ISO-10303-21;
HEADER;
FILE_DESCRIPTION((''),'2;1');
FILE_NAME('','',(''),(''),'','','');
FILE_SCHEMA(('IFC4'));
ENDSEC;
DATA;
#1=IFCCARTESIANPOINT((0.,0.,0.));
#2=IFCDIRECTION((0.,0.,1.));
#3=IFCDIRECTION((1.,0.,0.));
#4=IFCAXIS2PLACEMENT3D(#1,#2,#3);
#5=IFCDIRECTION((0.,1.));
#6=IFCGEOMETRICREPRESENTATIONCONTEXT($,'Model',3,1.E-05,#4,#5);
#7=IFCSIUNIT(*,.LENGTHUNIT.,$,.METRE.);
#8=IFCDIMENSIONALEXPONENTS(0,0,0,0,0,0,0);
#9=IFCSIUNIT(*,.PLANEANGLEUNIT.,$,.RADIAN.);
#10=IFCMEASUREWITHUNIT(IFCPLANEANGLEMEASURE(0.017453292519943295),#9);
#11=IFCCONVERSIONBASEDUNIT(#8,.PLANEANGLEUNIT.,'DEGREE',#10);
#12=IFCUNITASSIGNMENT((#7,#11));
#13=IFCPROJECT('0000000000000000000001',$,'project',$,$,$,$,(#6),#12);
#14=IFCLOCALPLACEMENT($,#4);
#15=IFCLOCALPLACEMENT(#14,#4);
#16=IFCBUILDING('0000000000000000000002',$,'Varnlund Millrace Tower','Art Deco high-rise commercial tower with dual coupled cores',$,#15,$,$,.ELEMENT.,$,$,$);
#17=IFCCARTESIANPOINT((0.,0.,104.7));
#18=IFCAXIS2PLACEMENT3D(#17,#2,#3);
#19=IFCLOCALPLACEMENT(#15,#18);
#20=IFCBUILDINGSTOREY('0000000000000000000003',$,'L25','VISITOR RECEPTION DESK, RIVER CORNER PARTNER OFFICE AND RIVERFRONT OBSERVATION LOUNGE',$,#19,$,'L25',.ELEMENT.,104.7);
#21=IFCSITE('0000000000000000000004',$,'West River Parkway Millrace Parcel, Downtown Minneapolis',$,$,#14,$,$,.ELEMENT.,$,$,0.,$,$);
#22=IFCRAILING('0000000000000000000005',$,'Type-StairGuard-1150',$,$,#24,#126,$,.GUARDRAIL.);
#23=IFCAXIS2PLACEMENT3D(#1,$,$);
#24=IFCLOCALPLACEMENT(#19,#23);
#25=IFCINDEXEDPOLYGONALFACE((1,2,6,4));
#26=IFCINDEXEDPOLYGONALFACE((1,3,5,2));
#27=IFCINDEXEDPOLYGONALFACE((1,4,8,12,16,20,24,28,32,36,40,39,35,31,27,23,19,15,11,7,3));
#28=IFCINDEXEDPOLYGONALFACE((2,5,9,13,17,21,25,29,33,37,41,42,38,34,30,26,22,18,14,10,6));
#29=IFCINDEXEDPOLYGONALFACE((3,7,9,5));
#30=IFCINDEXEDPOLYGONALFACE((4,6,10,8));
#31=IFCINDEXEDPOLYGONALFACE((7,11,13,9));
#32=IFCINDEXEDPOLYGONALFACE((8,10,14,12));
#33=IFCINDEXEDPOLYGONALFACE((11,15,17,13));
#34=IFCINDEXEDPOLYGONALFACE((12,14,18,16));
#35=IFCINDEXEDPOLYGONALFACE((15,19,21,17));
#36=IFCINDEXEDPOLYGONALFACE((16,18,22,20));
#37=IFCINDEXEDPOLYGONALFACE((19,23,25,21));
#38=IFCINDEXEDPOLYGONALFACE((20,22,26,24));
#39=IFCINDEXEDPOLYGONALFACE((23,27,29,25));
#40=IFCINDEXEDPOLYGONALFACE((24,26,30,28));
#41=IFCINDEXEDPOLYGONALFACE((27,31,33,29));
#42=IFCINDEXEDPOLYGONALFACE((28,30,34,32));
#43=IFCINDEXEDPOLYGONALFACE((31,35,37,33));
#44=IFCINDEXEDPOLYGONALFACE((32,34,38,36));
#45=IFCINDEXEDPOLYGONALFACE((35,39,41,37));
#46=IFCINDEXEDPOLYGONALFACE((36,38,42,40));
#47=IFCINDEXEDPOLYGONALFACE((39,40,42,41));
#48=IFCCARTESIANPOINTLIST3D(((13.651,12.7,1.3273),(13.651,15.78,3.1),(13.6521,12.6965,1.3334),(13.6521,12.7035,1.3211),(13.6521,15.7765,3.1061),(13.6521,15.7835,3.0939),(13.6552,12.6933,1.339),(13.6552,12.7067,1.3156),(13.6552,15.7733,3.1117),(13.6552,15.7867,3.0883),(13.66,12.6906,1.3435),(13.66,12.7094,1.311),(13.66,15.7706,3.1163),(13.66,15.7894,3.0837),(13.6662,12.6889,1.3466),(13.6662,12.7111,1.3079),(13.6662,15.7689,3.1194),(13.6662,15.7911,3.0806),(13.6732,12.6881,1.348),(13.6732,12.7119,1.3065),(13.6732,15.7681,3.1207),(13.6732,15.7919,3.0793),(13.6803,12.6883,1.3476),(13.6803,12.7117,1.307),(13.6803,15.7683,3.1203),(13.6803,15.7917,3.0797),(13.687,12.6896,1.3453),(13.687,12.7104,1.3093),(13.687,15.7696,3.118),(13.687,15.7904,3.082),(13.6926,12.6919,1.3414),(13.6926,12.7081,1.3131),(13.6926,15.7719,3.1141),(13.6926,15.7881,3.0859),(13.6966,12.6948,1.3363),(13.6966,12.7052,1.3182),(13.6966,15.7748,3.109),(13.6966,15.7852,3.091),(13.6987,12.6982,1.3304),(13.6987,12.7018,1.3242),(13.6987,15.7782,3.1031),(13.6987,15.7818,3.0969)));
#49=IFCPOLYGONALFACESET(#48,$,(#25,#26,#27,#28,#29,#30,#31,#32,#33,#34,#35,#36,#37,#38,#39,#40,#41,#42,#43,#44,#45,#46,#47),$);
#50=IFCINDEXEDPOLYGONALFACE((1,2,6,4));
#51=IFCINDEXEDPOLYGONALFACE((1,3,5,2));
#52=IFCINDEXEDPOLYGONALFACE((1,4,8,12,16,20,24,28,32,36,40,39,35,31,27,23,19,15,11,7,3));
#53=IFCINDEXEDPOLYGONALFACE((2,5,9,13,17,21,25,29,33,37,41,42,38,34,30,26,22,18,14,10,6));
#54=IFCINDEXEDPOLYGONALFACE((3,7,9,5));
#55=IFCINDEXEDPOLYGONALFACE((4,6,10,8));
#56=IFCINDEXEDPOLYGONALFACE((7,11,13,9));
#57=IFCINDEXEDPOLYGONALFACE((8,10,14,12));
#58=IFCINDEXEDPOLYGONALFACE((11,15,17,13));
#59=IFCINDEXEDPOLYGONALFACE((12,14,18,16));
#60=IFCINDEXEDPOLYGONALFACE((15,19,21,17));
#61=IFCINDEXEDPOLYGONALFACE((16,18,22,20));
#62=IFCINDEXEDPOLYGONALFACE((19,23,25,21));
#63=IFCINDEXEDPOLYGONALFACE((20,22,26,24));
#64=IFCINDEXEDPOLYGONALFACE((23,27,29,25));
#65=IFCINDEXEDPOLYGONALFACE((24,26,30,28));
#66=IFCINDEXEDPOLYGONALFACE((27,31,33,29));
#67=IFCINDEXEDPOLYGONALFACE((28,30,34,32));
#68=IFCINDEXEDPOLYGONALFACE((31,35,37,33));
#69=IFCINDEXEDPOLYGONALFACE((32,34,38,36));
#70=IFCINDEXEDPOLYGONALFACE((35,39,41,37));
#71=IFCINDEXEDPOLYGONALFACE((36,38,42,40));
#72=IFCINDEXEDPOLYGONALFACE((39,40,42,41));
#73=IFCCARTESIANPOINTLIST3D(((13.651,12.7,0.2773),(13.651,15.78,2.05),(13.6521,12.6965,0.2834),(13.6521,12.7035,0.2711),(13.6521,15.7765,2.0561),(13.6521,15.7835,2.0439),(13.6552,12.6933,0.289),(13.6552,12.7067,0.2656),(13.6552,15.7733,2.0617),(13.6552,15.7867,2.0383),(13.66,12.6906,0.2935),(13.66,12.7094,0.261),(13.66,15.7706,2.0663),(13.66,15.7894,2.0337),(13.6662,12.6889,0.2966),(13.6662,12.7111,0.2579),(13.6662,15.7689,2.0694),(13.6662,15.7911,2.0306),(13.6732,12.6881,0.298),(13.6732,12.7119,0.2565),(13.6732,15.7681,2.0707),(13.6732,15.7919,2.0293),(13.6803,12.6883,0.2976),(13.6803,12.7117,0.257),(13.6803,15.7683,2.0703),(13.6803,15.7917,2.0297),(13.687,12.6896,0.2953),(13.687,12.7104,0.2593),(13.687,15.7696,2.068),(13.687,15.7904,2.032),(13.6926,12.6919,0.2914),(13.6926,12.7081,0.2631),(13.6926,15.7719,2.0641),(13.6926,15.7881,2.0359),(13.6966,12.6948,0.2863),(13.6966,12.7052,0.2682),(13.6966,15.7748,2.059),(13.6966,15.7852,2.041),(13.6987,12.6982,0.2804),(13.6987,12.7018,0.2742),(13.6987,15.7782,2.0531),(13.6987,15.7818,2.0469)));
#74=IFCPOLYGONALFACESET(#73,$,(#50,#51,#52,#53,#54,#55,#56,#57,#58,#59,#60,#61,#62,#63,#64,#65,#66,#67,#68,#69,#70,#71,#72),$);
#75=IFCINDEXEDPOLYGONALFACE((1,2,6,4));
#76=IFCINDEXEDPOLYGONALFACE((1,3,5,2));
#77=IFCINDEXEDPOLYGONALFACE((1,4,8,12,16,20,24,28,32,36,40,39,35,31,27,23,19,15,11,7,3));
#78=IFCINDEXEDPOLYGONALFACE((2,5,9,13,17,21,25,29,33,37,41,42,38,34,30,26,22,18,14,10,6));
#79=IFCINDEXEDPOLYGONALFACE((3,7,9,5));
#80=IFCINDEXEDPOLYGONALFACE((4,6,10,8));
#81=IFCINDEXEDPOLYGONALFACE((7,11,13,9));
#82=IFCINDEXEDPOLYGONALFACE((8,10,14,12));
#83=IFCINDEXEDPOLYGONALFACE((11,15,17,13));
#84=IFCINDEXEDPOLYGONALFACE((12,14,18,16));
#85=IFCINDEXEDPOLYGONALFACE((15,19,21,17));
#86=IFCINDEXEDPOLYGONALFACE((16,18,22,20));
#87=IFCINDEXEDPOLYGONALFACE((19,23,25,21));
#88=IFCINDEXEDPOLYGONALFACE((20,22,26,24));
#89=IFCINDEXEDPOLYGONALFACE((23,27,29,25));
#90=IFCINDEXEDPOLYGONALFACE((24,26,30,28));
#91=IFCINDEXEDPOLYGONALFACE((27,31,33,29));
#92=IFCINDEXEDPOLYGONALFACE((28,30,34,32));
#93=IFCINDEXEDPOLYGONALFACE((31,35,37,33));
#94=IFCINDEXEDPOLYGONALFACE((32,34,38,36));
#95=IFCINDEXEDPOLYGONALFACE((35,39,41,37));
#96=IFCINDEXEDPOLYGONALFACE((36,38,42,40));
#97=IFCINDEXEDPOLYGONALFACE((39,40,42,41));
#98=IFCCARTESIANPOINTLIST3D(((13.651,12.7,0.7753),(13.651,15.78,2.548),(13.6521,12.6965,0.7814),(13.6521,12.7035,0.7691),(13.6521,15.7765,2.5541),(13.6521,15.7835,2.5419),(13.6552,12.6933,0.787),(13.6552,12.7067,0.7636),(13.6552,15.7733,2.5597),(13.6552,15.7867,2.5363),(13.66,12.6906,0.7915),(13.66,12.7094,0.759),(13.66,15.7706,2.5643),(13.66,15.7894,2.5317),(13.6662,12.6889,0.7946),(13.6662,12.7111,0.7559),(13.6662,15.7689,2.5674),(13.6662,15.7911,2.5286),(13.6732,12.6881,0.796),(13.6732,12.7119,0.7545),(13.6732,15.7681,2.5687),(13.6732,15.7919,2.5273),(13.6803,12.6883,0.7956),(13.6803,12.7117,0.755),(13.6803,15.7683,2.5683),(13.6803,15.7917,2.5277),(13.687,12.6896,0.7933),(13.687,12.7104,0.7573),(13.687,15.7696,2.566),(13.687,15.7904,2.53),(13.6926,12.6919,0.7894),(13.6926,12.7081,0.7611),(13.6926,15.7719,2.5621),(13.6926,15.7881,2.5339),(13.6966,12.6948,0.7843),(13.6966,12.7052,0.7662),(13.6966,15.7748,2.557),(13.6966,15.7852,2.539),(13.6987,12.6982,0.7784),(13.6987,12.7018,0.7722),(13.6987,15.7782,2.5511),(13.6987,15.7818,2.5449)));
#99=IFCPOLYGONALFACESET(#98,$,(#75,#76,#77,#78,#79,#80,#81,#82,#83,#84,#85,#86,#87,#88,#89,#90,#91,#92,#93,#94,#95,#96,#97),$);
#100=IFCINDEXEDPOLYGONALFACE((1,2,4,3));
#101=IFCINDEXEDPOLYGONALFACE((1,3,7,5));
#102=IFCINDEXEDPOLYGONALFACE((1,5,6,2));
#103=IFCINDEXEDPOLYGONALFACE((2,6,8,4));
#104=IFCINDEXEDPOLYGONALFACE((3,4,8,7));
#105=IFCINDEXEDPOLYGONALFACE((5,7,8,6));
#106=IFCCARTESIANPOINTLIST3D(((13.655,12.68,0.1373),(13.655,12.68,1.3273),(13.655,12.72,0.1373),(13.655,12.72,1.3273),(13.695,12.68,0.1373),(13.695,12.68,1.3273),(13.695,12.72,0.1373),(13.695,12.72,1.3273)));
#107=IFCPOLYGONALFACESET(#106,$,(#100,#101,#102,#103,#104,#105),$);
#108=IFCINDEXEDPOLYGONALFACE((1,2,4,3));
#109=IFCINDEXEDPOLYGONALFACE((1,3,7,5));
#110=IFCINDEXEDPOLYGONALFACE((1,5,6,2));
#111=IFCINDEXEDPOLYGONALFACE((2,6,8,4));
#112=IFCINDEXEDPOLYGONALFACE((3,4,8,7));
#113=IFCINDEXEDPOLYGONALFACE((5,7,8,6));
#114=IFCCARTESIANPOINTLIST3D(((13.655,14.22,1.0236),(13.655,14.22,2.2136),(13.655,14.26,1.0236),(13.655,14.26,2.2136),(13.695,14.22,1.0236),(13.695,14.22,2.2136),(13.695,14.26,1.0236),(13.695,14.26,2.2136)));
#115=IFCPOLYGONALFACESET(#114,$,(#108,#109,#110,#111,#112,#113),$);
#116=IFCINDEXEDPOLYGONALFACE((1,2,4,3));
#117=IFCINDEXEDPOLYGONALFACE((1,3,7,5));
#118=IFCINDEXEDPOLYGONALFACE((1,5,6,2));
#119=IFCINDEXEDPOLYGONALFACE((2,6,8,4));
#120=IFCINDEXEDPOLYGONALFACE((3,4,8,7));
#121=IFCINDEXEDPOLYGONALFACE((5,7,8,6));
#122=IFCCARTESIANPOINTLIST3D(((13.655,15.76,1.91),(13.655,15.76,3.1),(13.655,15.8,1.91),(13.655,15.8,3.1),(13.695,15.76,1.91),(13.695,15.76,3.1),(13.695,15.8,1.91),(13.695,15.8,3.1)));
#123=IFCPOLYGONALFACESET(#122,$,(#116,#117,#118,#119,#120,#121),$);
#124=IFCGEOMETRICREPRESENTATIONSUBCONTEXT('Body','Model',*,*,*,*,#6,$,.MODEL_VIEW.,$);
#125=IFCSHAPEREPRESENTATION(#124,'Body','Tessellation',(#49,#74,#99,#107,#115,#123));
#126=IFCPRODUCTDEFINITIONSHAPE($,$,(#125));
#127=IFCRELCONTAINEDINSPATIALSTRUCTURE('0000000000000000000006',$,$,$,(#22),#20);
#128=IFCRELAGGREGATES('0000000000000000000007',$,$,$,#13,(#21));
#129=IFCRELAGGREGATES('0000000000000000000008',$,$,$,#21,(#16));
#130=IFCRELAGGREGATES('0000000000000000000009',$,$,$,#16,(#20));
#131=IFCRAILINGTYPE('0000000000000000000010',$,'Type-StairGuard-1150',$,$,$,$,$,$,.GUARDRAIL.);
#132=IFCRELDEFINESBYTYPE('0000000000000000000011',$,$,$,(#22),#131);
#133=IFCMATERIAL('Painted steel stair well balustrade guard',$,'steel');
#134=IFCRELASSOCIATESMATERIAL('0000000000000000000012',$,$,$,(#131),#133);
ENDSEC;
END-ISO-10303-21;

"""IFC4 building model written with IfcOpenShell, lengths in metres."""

from ifc_helpers import new_model, entity, si_unit, converted_unit, direction, frame, origin_with_axes, origin_2d_with_axis, place, context, subcontext, project, spatial, rectangle, circle, extrude, material, type_object, element, save


model = new_model("IFC4")

# Units and contexts
model_context = context("Model", 3, precision=1e-05, world=origin_with_axes(), true_north=direction((0.0, 1.0)))
body_context = subcontext(model_context, "Body", "Model", "MODEL_VIEW")
ifc_project = project(units=[si_unit("LENGTHUNIT", "METRE"), converted_unit("PLANEANGLEUNIT", "DEGREE", entity("IfcPlaneAngleMeasure", 0.017453292519943295), si_unit("PLANEANGLEUNIT", "RADIAN"), dimensions=[0, 0, 0, 0, 0, 0, 0])], contexts=[model_context])

# Site, building, storey
site_placement = place(None, origin_with_axes())
site = spatial("IfcSite", under=ifc_project, at=site_placement, Name="West River Parkway Millrace Parcel, Downtown Minneapolis", CompositionType="ELEMENT", RefElevation=0.0)
building_placement = place(site_placement, origin_with_axes())
building = spatial("IfcBuilding", under=site, at=building_placement, Name="Varnlund Millrace Tower", Description="Art Deco high-rise commercial tower with dual coupled cores", CompositionType="ELEMENT")
storey_placement = place(building_placement, frame((0.0, 0.0, 104.7), z_axis=(0.0, 0.0, 1.0), x_axis=(1.0, 0.0, 0.0)))
storey = spatial("IfcBuildingStorey", under=building, at=storey_placement, Name="L25", Description="VISITOR RECEPTION DESK, RIVER CORNER PARTNER OFFICE AND RIVERFRONT OBSERVATION LOUNGE", LongName="L25", CompositionType="ELEMENT", Elevation=104.7)

# Railing
ifc_material_1 = material(Name="Painted steel stair well balustrade guard", Category="steel")
railing_type_1 = type_object("IfcRailingType", Name="Type-StairGuard-1150", PredefinedType="GUARDRAIL", material=ifc_material_1)
railing_1_placement = place(storey_placement, frame((0.0, 0.0, -104.7), z_axis=(0.0, 0.0, 1.0), x_axis=(1.0, 0.0, 0.0)))
element("IfcRailing", 1, at=railing_1_placement, inside=storey, type_object=railing_type_1, Name="Type-StairGuard-1150", PredefinedType="GUARDRAIL", context=body_context, shape_type="SweptSolid", body=[
    extrude(circle(Radius=0.024, at=origin_2d_with_axis()), frame((13.675, 12.7, 106.0273), z_axis=(0.0, 0.866696, 0.498836), x_axis=(-1.0, 0.0, 0.0)), (0.0, 0.0, 1.0), 3.5537),
    extrude(circle(Radius=0.024, at=origin_2d_with_axis()), frame((13.675, 12.7, 104.9773), z_axis=(0.0, 0.866696, 0.498836), x_axis=(-1.0, 0.0, 0.0)), (0.0, 0.0, 1.0), 3.5537),
    extrude(circle(Radius=0.024, at=origin_2d_with_axis()), frame((13.675, 12.7, 105.4753), z_axis=(0.0, 0.866696, 0.498836), x_axis=(-1.0, 0.0, 0.0)), (0.0, 0.0, 1.0), 3.5537),
    extrude(rectangle(XDim=0.04, YDim=0.04, at=origin_2d_with_axis()), frame((13.675, 12.7, 104.8373), z_axis=(0.0, 0.0, 1.0), x_axis=(1.0, 0.0, 0.0)), (0.0, 0.0, 1.0), 1.19),
    extrude(rectangle(XDim=0.04, YDim=0.04, at=origin_2d_with_axis()), frame((13.675, 14.24, 105.7236), z_axis=(0.0, 0.0, 1.0), x_axis=(1.0, 0.0, 0.0)), (0.0, 0.0, 1.0), 1.19),
    extrude(rectangle(XDim=0.04, YDim=0.04, at=origin_2d_with_axis()), frame((13.675, 15.78, 106.61), z_axis=(0.0, 0.0, 1.0), x_axis=(1.0, 0.0, 0.0)), (0.0, 0.0, 1.0), 1.19),
])

save(model, "model.ifc")
